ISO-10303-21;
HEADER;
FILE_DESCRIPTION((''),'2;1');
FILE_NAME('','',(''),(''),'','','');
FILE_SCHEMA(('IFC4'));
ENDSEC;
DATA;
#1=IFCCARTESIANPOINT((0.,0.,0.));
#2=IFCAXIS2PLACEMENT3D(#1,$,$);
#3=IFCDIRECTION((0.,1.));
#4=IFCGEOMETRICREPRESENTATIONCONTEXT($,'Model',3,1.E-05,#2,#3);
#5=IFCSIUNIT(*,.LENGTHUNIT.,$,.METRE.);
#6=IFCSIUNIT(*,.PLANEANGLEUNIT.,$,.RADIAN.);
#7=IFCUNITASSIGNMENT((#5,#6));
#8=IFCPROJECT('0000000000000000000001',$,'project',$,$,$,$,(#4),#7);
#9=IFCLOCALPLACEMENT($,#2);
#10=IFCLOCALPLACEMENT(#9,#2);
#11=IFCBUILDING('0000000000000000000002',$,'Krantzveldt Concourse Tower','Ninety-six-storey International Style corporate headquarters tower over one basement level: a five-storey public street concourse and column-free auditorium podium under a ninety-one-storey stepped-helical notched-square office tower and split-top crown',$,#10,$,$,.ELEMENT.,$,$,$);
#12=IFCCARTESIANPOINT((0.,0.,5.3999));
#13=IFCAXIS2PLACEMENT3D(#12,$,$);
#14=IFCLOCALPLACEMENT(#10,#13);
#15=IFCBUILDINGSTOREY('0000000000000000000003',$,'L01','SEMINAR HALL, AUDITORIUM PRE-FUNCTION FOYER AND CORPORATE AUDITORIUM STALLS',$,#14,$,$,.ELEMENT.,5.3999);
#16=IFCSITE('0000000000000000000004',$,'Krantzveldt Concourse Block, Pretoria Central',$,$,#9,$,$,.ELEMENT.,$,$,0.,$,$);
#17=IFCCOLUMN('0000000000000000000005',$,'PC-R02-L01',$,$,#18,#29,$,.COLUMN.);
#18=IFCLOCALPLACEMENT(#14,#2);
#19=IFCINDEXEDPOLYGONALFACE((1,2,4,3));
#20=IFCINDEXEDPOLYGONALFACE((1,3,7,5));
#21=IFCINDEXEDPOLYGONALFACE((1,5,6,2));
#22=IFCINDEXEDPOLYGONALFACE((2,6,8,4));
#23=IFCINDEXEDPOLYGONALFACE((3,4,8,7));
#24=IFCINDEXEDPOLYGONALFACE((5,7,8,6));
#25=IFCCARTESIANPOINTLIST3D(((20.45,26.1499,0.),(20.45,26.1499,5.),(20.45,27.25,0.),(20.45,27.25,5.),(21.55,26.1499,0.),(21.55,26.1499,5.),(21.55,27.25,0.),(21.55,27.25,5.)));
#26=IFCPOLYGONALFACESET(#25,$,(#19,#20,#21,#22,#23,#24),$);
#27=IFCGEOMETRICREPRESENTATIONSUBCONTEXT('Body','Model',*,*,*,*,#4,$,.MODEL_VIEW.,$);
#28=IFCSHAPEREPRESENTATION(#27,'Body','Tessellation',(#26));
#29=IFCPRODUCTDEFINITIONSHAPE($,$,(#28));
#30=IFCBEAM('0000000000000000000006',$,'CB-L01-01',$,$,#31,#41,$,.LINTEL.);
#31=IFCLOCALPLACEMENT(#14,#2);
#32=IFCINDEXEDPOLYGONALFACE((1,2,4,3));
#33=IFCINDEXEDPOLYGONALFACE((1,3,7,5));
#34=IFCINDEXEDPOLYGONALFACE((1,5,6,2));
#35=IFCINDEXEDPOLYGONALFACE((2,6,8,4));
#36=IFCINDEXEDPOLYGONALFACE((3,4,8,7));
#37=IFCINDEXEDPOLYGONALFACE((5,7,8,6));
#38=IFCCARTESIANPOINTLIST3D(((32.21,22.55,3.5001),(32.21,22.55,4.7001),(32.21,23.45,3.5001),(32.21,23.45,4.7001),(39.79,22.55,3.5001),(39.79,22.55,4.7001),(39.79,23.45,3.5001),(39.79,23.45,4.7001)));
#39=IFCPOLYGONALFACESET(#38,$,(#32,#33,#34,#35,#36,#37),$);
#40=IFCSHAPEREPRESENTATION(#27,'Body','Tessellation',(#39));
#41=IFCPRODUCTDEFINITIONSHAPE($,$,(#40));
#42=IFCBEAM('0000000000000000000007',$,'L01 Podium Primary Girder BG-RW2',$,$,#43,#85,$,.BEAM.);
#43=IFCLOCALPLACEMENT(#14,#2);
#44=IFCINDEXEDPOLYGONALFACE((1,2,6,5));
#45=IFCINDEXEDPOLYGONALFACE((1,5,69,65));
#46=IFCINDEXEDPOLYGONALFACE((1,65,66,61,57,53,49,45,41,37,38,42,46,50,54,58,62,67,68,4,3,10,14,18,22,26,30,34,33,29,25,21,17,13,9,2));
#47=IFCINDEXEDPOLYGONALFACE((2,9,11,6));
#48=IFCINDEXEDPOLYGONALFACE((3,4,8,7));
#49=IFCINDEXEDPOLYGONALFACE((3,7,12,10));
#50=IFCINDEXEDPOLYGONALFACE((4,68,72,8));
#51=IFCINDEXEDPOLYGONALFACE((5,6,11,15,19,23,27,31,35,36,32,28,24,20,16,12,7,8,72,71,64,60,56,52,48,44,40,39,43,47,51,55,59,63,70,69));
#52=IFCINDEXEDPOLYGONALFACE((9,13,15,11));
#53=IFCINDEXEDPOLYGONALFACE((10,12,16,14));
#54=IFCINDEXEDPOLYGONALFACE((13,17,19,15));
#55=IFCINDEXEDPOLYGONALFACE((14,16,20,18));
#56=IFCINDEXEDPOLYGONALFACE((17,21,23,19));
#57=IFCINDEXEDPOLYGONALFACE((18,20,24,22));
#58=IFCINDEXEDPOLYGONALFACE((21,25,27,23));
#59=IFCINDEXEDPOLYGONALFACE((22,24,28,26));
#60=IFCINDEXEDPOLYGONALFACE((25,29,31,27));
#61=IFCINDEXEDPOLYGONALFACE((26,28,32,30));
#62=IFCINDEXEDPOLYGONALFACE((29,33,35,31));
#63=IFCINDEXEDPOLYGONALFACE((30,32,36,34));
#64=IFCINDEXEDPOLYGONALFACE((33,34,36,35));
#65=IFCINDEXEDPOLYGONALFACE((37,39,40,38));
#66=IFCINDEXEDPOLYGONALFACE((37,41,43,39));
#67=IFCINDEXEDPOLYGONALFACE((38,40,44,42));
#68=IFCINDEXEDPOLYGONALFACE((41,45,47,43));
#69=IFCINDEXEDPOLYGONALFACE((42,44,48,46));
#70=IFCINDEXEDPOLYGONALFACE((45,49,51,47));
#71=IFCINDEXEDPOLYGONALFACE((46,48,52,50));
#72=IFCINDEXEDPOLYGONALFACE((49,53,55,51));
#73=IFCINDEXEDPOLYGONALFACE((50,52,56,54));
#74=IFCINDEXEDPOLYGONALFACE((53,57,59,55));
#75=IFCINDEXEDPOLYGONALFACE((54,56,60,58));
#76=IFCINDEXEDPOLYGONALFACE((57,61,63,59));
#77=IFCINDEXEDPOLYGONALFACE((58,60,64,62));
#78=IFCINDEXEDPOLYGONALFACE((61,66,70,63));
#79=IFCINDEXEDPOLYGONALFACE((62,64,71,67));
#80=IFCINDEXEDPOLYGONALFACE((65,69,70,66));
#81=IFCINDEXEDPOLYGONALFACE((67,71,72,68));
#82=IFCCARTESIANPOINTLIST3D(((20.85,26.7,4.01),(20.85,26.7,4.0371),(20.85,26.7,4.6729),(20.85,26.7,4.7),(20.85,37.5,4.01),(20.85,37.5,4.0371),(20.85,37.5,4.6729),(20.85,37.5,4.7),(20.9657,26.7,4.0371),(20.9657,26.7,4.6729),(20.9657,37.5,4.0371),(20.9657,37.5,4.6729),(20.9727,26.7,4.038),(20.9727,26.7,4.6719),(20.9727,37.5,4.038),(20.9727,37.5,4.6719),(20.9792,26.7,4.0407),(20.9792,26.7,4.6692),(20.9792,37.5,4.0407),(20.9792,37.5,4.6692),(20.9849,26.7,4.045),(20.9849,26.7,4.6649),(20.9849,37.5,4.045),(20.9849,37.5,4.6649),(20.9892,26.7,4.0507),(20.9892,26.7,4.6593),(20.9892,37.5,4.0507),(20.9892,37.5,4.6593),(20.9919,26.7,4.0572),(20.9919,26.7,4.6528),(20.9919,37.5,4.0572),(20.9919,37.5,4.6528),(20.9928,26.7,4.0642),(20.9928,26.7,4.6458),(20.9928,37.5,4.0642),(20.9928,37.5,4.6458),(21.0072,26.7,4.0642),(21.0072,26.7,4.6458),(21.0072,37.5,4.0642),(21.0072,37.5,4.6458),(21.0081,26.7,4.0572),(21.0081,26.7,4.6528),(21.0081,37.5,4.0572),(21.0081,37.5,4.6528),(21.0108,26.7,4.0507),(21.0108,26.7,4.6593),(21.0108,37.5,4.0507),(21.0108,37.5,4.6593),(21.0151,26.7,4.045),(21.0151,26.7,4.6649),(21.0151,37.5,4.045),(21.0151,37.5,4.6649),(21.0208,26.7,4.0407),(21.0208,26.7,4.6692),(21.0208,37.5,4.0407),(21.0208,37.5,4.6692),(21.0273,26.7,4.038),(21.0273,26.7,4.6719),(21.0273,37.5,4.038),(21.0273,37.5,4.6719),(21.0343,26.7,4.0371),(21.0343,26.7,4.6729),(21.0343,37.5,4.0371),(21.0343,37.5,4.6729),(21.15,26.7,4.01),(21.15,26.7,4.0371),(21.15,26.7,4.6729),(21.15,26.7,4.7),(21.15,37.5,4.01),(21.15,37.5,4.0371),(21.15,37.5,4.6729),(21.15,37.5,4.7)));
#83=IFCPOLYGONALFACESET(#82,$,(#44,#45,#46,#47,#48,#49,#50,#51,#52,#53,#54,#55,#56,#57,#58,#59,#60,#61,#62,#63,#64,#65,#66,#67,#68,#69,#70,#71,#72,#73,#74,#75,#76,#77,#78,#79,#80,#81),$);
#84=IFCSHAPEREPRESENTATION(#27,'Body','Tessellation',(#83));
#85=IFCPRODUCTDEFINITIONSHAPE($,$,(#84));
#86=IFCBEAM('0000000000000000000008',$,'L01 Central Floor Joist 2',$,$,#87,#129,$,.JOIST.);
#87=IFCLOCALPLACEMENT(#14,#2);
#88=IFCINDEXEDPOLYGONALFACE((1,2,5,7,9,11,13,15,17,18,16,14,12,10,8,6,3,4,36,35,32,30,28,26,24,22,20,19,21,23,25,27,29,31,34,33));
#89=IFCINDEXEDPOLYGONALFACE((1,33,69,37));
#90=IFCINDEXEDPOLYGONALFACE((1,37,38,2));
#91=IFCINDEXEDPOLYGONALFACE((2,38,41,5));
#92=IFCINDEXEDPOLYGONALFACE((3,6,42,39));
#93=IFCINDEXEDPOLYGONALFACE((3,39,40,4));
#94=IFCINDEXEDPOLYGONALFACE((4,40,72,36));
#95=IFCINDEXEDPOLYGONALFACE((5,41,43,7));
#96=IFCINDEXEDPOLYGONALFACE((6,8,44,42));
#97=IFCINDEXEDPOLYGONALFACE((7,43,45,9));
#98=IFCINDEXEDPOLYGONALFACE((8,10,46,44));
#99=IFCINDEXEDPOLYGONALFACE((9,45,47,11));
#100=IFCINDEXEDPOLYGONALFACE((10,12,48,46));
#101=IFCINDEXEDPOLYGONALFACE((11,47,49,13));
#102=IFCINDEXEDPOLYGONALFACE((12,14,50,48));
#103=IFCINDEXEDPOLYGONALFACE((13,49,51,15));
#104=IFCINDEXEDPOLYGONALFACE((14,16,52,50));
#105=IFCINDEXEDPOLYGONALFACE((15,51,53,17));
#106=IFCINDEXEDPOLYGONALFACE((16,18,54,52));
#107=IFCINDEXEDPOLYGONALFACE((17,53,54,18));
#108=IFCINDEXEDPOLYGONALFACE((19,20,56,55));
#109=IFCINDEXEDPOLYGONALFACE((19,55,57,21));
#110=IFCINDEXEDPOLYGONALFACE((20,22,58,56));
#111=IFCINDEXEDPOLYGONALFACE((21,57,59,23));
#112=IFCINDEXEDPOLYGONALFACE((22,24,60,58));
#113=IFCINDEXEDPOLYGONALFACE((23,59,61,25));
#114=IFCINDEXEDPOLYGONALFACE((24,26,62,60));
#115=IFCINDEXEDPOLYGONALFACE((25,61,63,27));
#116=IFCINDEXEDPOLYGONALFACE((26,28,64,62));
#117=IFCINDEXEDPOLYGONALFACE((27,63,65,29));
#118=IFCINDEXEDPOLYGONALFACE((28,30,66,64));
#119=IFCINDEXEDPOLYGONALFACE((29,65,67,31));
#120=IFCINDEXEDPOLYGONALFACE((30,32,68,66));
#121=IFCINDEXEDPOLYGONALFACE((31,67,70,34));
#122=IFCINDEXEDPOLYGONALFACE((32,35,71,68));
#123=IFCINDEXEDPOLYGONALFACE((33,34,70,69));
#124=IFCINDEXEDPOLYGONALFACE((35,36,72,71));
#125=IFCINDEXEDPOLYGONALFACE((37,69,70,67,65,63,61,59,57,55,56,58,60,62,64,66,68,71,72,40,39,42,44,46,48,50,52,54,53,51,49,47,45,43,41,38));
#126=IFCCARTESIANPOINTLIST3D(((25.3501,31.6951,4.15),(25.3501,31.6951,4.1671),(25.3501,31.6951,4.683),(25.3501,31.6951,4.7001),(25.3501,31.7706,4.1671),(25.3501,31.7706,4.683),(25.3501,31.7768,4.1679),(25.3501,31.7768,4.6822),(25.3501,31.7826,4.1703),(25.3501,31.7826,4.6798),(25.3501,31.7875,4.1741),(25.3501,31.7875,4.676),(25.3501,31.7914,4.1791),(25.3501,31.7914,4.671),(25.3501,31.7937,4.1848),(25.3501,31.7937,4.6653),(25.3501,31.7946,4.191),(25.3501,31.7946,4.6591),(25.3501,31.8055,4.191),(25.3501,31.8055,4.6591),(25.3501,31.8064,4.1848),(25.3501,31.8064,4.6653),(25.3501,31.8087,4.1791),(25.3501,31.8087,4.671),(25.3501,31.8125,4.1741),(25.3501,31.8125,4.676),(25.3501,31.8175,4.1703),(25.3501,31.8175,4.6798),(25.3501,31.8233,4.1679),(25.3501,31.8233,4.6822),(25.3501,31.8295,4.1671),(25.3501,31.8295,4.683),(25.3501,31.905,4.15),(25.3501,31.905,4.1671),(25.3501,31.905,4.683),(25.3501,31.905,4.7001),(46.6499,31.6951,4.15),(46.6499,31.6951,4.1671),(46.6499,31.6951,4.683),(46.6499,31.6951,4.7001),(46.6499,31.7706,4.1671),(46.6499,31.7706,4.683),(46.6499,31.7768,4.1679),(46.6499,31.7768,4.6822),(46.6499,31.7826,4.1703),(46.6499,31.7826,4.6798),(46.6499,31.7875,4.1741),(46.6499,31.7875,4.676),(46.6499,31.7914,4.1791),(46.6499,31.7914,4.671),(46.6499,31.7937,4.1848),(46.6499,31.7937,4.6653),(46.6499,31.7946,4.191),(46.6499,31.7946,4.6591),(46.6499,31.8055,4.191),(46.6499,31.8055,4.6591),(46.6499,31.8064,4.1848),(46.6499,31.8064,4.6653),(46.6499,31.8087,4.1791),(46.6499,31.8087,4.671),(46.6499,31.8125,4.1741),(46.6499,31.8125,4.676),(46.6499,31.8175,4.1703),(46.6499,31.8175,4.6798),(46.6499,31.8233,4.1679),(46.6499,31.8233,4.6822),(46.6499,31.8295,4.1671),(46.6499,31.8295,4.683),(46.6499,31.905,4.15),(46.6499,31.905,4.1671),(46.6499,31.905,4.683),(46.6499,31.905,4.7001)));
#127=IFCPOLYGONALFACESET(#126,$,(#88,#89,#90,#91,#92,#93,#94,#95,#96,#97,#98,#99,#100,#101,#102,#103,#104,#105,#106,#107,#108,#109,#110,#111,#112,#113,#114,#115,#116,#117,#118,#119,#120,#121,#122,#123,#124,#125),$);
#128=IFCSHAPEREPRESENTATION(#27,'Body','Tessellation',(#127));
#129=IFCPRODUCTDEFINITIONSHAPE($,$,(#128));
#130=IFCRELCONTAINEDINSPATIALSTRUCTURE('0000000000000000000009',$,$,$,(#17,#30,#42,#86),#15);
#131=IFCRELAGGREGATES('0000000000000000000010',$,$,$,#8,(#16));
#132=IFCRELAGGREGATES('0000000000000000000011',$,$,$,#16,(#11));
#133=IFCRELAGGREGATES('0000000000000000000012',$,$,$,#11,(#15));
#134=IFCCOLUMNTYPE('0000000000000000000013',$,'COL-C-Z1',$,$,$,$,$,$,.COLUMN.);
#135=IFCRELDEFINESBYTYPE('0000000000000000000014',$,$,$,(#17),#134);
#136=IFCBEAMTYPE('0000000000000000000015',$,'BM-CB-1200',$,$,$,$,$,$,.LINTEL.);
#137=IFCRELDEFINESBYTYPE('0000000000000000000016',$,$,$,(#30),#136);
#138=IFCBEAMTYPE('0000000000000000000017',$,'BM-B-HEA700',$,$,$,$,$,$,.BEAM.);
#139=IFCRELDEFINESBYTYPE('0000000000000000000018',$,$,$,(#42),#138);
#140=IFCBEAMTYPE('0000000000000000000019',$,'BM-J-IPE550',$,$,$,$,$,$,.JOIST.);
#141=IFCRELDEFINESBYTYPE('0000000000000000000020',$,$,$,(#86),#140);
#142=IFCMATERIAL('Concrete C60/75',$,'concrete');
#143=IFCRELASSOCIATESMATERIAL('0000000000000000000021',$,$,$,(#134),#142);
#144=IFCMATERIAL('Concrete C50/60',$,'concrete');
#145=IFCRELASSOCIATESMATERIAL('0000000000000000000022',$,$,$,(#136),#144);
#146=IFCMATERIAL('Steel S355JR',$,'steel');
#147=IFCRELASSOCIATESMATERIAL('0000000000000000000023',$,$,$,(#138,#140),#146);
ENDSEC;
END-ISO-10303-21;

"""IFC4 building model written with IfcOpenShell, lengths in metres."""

from ifc_helpers import new_model, si_unit, direction, frame, origin, origin_2d, place, context, subcontext, project, spatial, rectangle, i_section, extrude, source, transform, mapped, material, material_profile, profile_set, type_object, type_shapes, element, save


model = new_model("IFC4")

# Units and contexts
model_context = context("Model", 3, precision=1e-05, world=origin(), true_north=direction((0.0, 1.0)))
body_context = subcontext(model_context, "Body", "Model", "MODEL_VIEW")
ifc_project = project(units=[si_unit("LENGTHUNIT", "METRE"), si_unit("PLANEANGLEUNIT", "RADIAN")], contexts=[model_context])

# Site, building, storey
site_placement = place(None, origin())
site = spatial("IfcSite", under=ifc_project, at=site_placement, Name="Krantzveldt Concourse Block, Pretoria Central", CompositionType="ELEMENT", RefElevation=0.0)
building_placement = place(site_placement, origin())
building = spatial("IfcBuilding", under=site, at=building_placement, Name="Krantzveldt Concourse Tower", Description="Ninety-six-storey International Style corporate headquarters tower over one basement level: a five-storey public street concourse and column-free auditorium podium under a ninety-one-storey stepped-helical notched-square office tower and split-top crown", CompositionType="ELEMENT")
storey_placement = place(building_placement, frame((0.0, 0.0, 5.3999)))
storey = spatial("IfcBuildingStorey", under=building, at=storey_placement, Name="L01", Description="SEMINAR HALL, AUDITORIUM PRE-FUNCTION FOYER AND CORPORATE AUDITORIUM STALLS", CompositionType="ELEMENT", Elevation=5.3999)

# Column
ifc_material_1 = material(Name="Concrete C60/75", Category="concrete")
ifc_material_profile_1 = material_profile(ifc_material_1, rectangle(XDim=1.1001, YDim=1.1001, at=origin_2d()), Name="Concrete C60/75", Category="concrete")
ifc_profile_set_1 = profile_set([ifc_material_profile_1], Name="Concrete C60/75 - RC 1100x1100")
column_type = type_object("IfcColumnType", Name="COL-C-Z1", PredefinedType="COLUMN", material=ifc_profile_set_1)
shared_shape_1 = source(origin(), body_context, "Body", "SweptSolid", [
    extrude(rectangle(XDim=1.1001, YDim=1.1001, at=origin_2d()), origin(), (0.0, 0.0, 1.0), 5.0),
])
type_shapes(column_type, [shared_shape_1])
column_placement = place(storey_placement, frame((21.0, 26.7, 0.0), z_axis=(0.0, 0.0, 1.0), x_axis=(1.0, 0.0, 0.0)))
element("IfcColumn", 1, at=column_placement, inside=storey, type_object=column_type, Name="PC-R02-L01", PredefinedType="COLUMN", context=body_context, shape_type="MappedRepresentation", body=[
    mapped(shared_shape_1, transform((0.0, 0.0, 0.0), x_axis=(1.0, 0.0, 0.0), y_axis=(0.0, 1.0, 0.0), z_axis=(0.0, 0.0, 1.0), scale=1.0)),
])

# Beams
ifc_material_2 = material(Name="Concrete C50/60", Category="concrete")
ifc_material_profile_2 = material_profile(ifc_material_2, rectangle(XDim=0.8999, YDim=1.2, at=origin_2d()), Name="Concrete C50/60", Category="concrete")
ifc_profile_set_2 = profile_set([ifc_material_profile_2], Name="Concrete C50/60 - RC-CB 900x1200")
beam_type_1 = type_object("IfcBeamType", Name="BM-CB-1200", PredefinedType="LINTEL", material=ifc_profile_set_2)
shared_shape_2 = source(origin(), body_context, "Body", "SweptSolid", [
    extrude(rectangle(XDim=0.8999, YDim=1.2, at=origin_2d()), origin(), (0.0, 0.0, 1.0), 7.5801),
])
type_shapes(beam_type_1, [shared_shape_2])
beam_1_placement = place(storey_placement, frame((32.21, 23.0, 4.1001), z_axis=(1.0, 0.0, 0.0), x_axis=(0.0, 1.0, 0.0)))
element("IfcBeam", 2, at=beam_1_placement, inside=storey, type_object=beam_type_1, Name="CB-L01-01", PredefinedType="LINTEL", context=body_context, shape_type="MappedRepresentation", body=[
    mapped(shared_shape_2, transform((0.0, 0.0, 0.0), x_axis=(1.0, 0.0, 0.0), y_axis=(0.0, 1.0, 0.0), z_axis=(0.0, 0.0, 1.0), scale=1.0)),
])
ifc_material_3 = material(Name="Steel S355JR", Category="steel")
ifc_material_profile_3 = material_profile(ifc_material_3, i_section(OverallWidth=0.3, OverallDepth=0.6899, WebThickness=0.0144, FlangeThickness=0.0271, FilletRadius=0.0271, at=origin_2d()), Name="Steel S355JR", Category="steel")
ifc_profile_set_3 = profile_set([ifc_material_profile_3], Name="Steel S355JR - HEA 700")
beam_type_2 = type_object("IfcBeamType", Name="BM-B-HEA700", PredefinedType="BEAM", material=ifc_profile_set_3)
shared_shape_3 = source(origin(), body_context, "Body", "SweptSolid", [
    extrude(i_section(OverallWidth=0.3, OverallDepth=0.6899, WebThickness=0.0144, FlangeThickness=0.0271, FilletRadius=0.0271, at=origin_2d()), origin(), (0.0, 0.0, 1.0), 10.8),
])
type_shapes(beam_type_2, [shared_shape_3])
beam_2_placement = place(storey_placement, frame((21.0, 26.7, 4.355), z_axis=(0.0, 1.0, 0.0), x_axis=(-1.0, 0.0, 0.0)))
element("IfcBeam", 3, at=beam_2_placement, inside=storey, type_object=beam_type_2, Name="L01 Podium Primary Girder BG-RW2", PredefinedType="BEAM", context=body_context, shape_type="MappedRepresentation", body=[
    mapped(shared_shape_3, transform((0.0, 0.0, 0.0), x_axis=(1.0, 0.0, 0.0), y_axis=(0.0, 1.0, 0.0), z_axis=(0.0, 0.0, 1.0), scale=1.0)),
])
ifc_material_profile_4 = material_profile(ifc_material_3, i_section(OverallWidth=0.21, OverallDepth=0.55, WebThickness=0.011, FlangeThickness=0.0171, FilletRadius=0.0239, at=origin_2d()), Name="Steel S355JR", Category="steel")
ifc_profile_set_4 = profile_set([ifc_material_profile_4], Name="Steel S355JR - IPE 550")
beam_type_3 = type_object("IfcBeamType", Name="BM-J-IPE550", PredefinedType="JOIST", material=ifc_profile_set_4)
shared_shape_4 = source(origin(), body_context, "Body", "SweptSolid", [
    extrude(i_section(OverallWidth=0.21, OverallDepth=0.55, WebThickness=0.011, FlangeThickness=0.0171, FilletRadius=0.0239, at=origin_2d()), origin(), (0.0, 0.0, 1.0), 21.2998),
])
type_shapes(beam_type_3, [shared_shape_4])
beam_3_placement = place(storey_placement, frame((25.3501, 31.8, 4.425), z_axis=(1.0, 0.0, 0.0), x_axis=(0.0, 1.0, 0.0)))
element("IfcBeam", 4, at=beam_3_placement, inside=storey, type_object=beam_type_3, Name="L01 Central Floor Joist 2", PredefinedType="JOIST", context=body_context, shape_type="MappedRepresentation", body=[
    mapped(shared_shape_4, transform((0.0, 0.0, 0.0), x_axis=(1.0, 0.0, 0.0), y_axis=(0.0, 1.0, 0.0), z_axis=(0.0, 0.0, 1.0), scale=1.0)),
])

save(model, "model.ifc")
